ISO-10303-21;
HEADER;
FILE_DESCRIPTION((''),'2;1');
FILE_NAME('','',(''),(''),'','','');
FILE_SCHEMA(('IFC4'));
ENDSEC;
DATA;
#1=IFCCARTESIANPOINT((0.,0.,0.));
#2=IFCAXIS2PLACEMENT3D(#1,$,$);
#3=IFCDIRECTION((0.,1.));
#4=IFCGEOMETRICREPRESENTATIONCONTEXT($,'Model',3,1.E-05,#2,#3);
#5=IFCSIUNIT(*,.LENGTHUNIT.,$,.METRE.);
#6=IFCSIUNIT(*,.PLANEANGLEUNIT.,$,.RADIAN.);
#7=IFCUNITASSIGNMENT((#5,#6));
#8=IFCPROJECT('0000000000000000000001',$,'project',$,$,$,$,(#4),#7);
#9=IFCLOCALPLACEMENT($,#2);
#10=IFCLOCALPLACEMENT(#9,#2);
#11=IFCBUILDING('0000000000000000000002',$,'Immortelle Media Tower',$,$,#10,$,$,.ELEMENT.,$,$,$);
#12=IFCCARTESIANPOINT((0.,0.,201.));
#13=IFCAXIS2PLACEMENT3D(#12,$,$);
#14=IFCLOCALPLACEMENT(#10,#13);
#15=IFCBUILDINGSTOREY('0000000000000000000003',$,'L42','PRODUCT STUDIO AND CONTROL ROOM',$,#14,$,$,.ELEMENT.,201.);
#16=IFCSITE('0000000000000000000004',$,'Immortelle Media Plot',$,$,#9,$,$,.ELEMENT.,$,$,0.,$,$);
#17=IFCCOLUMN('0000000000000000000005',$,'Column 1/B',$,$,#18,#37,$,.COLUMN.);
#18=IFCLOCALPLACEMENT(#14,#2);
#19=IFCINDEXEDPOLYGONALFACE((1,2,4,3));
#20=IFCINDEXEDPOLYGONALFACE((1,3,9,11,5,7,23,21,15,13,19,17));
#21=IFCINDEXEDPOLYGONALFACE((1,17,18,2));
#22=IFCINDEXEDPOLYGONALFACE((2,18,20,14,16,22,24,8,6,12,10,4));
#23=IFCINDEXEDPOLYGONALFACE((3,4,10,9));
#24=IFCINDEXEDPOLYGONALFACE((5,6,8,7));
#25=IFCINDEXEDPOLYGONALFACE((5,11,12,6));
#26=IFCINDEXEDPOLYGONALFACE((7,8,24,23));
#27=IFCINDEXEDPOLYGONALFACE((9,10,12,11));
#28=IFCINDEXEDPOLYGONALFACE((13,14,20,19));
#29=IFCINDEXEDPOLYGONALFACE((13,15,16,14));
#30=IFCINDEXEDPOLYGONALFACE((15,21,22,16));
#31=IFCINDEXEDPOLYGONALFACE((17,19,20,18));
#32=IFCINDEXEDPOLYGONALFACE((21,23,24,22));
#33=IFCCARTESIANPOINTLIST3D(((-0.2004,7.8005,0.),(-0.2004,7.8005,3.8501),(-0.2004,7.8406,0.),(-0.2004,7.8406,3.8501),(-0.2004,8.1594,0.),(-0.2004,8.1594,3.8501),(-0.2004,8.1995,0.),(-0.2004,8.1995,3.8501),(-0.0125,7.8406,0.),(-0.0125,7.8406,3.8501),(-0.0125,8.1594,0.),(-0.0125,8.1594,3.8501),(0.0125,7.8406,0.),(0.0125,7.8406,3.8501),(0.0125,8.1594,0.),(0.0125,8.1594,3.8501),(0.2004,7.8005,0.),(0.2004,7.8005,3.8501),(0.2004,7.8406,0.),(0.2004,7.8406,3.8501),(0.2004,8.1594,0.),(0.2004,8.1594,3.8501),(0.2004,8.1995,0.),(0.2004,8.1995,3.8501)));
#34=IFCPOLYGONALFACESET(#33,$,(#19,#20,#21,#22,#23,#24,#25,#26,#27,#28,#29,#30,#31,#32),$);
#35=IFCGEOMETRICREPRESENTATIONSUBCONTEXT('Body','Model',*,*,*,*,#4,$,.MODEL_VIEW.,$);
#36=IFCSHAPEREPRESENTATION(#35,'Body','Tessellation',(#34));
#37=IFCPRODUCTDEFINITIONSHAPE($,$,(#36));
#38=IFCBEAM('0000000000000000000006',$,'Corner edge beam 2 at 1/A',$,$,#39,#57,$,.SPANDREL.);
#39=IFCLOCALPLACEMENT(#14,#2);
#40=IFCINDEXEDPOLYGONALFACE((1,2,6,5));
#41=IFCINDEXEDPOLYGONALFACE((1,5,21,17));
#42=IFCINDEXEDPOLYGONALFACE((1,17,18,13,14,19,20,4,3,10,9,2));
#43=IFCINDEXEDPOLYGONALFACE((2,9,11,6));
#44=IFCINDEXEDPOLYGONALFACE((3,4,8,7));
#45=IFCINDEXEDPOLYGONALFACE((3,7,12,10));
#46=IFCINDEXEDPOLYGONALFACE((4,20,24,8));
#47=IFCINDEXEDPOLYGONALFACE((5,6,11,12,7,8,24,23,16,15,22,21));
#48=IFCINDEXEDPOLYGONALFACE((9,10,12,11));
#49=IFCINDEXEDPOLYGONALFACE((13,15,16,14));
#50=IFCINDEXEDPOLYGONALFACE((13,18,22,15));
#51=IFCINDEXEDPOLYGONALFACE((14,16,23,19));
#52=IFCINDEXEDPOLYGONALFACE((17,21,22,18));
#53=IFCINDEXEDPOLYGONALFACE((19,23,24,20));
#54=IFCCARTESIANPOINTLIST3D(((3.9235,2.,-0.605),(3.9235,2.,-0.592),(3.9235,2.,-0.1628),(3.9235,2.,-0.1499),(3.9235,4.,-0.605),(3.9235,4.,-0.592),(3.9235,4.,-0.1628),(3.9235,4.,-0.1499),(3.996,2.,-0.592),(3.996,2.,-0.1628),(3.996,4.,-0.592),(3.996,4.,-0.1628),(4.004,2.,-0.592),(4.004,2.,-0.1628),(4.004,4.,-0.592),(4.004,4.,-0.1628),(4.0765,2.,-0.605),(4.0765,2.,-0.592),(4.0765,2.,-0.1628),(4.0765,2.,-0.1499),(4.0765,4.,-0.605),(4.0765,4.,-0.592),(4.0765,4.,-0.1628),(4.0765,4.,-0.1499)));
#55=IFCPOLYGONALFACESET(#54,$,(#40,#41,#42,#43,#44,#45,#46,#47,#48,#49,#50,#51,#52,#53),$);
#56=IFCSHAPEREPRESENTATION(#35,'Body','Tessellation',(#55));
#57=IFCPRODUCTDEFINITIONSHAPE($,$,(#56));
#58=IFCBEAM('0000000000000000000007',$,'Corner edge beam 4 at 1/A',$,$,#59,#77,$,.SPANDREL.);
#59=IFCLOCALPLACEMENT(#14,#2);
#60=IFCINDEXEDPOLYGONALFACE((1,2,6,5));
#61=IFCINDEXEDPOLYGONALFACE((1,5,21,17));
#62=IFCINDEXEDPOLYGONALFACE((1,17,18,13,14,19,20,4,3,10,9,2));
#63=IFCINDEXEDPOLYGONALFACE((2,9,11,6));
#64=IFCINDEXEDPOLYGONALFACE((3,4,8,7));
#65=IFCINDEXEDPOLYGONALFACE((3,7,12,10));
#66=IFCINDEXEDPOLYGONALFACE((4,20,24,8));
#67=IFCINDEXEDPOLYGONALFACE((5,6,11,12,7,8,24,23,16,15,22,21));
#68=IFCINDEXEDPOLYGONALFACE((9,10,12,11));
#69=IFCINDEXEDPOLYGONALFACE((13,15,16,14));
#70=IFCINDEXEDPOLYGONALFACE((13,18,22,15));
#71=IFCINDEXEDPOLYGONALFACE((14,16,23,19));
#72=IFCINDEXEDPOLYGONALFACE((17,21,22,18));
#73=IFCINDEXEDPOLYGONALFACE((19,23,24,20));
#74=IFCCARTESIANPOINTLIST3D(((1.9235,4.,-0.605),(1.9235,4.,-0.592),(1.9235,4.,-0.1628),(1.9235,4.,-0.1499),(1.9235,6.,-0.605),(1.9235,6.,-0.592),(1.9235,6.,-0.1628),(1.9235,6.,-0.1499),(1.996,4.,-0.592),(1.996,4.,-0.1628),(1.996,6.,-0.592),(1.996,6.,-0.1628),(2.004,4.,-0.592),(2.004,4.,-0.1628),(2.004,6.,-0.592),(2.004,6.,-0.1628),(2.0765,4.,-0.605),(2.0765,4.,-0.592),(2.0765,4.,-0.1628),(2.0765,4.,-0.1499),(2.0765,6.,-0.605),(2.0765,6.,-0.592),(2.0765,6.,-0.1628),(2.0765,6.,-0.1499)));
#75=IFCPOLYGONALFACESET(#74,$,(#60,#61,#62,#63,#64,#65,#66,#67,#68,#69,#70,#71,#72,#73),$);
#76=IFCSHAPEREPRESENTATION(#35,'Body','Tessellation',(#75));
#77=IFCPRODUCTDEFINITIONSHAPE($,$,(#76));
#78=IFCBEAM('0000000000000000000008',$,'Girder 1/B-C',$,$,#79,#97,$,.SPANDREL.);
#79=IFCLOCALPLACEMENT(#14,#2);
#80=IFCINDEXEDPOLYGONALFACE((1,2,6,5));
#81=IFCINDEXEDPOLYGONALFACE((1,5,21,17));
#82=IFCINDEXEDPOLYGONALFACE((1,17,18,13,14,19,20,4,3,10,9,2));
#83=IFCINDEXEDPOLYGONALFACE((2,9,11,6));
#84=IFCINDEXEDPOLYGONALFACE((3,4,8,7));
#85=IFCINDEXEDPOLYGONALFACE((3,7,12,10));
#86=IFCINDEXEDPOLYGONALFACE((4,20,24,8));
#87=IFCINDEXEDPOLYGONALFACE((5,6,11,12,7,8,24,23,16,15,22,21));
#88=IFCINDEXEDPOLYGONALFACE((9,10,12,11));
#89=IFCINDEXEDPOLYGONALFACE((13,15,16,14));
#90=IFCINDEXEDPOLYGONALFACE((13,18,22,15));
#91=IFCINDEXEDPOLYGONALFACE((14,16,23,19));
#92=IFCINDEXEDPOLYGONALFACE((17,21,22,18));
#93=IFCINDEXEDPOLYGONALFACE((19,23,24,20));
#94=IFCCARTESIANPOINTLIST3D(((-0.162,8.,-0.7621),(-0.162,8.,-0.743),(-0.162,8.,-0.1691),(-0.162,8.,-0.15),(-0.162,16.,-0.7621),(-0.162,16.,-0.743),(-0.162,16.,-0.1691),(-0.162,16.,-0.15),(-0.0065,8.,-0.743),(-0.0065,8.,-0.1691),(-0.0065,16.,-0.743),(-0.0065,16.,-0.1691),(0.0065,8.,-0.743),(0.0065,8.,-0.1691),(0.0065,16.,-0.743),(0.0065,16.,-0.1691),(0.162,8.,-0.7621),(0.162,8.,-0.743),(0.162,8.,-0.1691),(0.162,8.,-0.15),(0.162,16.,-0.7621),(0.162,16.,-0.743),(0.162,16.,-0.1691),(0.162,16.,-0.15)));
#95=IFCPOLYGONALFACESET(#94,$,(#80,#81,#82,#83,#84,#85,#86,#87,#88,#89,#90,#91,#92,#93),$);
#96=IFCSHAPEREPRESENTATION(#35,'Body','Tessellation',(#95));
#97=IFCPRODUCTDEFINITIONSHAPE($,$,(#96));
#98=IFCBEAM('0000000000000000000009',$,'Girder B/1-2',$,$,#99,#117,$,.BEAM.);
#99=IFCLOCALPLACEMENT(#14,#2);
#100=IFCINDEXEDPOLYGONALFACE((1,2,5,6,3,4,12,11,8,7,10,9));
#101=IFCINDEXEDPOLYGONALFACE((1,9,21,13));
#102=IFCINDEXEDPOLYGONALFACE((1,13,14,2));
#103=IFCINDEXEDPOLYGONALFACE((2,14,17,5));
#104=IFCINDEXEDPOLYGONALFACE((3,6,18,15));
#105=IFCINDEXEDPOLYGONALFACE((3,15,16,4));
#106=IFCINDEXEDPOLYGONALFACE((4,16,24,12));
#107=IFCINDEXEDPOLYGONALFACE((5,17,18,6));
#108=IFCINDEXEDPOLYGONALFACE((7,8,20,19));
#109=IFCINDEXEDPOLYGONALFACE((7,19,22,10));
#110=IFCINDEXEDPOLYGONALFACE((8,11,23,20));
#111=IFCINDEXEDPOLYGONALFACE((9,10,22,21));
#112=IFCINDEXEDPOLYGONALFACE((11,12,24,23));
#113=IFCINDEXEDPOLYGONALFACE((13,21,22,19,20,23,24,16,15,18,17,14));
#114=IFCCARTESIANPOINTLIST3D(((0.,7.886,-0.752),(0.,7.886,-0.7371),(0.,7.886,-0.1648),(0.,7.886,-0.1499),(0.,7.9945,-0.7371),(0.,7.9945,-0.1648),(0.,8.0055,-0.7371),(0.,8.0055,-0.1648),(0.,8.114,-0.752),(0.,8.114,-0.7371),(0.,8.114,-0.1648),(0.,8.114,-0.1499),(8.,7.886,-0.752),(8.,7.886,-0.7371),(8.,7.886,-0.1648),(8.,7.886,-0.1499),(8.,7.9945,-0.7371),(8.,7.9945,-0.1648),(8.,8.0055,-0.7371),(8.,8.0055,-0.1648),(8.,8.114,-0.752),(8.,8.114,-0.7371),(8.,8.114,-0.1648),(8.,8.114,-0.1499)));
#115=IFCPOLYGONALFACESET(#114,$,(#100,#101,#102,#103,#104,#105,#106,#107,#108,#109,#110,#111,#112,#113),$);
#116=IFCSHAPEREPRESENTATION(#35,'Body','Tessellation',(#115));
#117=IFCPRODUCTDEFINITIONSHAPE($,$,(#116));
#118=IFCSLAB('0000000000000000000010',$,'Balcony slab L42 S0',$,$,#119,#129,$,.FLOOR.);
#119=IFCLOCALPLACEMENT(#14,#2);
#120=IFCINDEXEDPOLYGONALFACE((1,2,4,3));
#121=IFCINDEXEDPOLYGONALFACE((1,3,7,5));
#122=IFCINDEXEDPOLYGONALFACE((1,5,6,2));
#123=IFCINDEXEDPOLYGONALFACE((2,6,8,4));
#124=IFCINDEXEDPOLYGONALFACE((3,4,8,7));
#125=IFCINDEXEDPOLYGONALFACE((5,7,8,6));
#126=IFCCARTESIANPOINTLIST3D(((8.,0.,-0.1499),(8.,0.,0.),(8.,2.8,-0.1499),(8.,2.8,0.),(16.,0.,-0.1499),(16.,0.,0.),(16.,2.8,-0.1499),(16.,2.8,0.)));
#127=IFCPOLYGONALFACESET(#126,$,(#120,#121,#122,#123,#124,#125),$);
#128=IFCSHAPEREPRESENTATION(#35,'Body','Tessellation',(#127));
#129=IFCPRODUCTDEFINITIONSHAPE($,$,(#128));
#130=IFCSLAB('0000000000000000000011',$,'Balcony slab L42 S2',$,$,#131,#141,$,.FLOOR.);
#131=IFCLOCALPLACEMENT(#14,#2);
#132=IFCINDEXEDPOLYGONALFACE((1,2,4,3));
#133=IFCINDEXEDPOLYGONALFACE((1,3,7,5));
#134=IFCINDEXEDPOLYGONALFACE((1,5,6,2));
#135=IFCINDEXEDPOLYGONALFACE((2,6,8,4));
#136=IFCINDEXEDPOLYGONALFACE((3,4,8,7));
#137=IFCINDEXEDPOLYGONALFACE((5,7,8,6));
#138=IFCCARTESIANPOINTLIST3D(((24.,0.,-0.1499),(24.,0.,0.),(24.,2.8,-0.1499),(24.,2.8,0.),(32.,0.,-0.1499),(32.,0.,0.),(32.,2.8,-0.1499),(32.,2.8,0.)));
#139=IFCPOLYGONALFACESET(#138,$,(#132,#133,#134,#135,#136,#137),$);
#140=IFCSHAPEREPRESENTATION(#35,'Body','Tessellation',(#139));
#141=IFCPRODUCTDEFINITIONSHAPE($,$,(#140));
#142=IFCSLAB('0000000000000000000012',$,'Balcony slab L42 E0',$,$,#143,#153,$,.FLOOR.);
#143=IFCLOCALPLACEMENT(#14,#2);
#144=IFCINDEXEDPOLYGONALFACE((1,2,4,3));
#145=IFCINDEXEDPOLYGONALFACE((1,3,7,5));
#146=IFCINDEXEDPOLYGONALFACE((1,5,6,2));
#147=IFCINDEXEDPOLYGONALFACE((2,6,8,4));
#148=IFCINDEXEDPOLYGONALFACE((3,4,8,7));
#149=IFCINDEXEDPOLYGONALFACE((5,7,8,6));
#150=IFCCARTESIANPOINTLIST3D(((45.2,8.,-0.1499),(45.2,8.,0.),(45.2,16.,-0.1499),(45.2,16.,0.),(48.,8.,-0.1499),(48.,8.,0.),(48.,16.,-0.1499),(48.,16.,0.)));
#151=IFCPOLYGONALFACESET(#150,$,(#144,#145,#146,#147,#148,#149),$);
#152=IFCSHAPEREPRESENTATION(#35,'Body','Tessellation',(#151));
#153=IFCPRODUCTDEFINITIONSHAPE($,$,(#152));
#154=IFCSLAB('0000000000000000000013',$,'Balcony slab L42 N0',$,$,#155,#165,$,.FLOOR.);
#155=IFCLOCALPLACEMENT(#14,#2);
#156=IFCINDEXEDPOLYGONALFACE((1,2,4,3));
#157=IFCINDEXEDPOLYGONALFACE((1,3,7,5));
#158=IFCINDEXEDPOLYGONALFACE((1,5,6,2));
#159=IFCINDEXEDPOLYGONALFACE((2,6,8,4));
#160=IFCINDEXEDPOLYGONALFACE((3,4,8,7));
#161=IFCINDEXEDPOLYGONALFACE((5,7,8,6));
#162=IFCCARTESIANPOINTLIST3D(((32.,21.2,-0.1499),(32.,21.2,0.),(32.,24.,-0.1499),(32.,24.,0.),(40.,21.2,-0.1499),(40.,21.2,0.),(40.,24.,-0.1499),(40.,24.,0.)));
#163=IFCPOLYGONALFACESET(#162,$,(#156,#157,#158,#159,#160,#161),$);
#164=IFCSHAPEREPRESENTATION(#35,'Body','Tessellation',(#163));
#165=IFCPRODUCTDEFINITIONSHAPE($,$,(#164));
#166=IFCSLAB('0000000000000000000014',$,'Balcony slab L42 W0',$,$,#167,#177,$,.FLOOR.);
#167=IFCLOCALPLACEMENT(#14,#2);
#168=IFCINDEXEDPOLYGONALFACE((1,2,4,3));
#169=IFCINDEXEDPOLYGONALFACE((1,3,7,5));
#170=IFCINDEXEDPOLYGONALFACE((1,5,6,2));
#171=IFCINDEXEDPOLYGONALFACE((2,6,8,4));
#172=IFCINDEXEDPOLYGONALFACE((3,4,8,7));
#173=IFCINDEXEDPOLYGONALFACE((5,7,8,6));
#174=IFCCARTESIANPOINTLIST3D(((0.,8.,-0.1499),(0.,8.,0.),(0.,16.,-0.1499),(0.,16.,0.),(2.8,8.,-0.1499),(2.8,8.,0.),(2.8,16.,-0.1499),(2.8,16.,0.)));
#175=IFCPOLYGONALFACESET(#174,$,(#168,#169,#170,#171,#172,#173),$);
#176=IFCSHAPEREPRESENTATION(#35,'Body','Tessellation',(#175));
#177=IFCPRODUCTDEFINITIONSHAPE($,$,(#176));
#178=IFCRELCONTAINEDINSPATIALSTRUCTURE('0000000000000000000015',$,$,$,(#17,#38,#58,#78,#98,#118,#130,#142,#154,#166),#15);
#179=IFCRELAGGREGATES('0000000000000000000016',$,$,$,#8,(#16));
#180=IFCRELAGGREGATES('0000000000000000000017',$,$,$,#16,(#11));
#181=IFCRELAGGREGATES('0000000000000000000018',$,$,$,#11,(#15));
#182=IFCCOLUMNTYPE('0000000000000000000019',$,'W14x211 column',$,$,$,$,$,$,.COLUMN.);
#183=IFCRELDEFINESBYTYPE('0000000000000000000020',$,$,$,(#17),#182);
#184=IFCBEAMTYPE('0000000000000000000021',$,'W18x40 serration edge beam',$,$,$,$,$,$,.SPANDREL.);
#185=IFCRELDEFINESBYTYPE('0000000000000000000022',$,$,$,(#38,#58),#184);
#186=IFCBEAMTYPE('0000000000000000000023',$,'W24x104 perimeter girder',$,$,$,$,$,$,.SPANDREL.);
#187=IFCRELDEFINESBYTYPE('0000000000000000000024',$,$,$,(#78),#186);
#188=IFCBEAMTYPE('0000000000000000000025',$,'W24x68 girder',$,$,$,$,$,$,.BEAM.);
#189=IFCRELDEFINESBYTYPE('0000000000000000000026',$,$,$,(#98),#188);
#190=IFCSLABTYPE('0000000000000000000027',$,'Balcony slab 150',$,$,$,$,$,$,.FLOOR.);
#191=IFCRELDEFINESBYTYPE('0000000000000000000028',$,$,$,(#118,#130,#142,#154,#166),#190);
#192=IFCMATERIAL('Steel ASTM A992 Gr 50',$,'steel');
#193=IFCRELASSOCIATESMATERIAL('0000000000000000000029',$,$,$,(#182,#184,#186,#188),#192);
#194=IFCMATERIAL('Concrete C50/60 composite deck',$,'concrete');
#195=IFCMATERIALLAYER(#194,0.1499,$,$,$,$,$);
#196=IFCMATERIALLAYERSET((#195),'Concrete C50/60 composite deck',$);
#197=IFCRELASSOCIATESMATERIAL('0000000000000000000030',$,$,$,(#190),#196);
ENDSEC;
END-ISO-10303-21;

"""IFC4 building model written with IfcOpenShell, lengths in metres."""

from ifc_helpers import new_model, si_unit, direction, frame, origin, origin_2d, place, context, subcontext, project, spatial, polyline, i_section, outline, extrude, material, layer, layer_set, material_profile, profile_set, type_object, element, save


model = new_model("IFC4")

# Units and contexts
model_context = context("Model", 3, precision=1e-05, world=origin(), true_north=direction((0.0, 1.0)))
body_context = subcontext(model_context, "Body", "Model", "MODEL_VIEW")
ifc_project = project(units=[si_unit("LENGTHUNIT", "METRE"), si_unit("PLANEANGLEUNIT", "RADIAN")], contexts=[model_context])

# Site, building, storey
site_placement = place(None, origin())
site = spatial("IfcSite", under=ifc_project, at=site_placement, Name="Immortelle Media Plot", CompositionType="ELEMENT", RefElevation=0.0)
building_placement = place(site_placement, origin())
building = spatial("IfcBuilding", under=site, at=building_placement, Name="Immortelle Media Tower", CompositionType="ELEMENT")
storey_placement = place(building_placement, frame((0.0, 0.0, 201.0)))
storey = spatial("IfcBuildingStorey", under=building, at=storey_placement, Name="L42", Description="PRODUCT STUDIO AND CONTROL ROOM", CompositionType="ELEMENT", Elevation=201.0)

# Column
ifc_material_1 = material(Name="Steel ASTM A992 Gr 50", Category="steel")
ifc_material_profile_1 = material_profile(ifc_material_1, i_section(OverallWidth=0.4009, OverallDepth=0.3989, WebThickness=0.0249, FlangeThickness=0.04, at=origin_2d()), Name="W14x211")
ifc_profile_set_1 = profile_set([ifc_material_profile_1], Name="Steel ASTM A992 Gr 50")
column_type = type_object("IfcColumnType", Name="W14x211 column", PredefinedType="COLUMN", material=ifc_profile_set_1)
column_placement = place(storey_placement, frame((0.0, 8.0, 0.0), z_axis=(0.0, 0.0, 1.0), x_axis=(1.0, 0.0, 0.0)))
element("IfcColumn", 1, at=column_placement, inside=storey, type_object=column_type, Name="Column 1/B", PredefinedType="COLUMN", context=body_context, shape_type="SweptSolid", body=[
    extrude(i_section(OverallWidth=0.4009, OverallDepth=0.3989, WebThickness=0.0249, FlangeThickness=0.04, at=origin_2d()), origin(), (0.0, 0.0, 1.0), 3.8501),
])

# Beams
ifc_material_profile_2 = material_profile(ifc_material_1, i_section(OverallWidth=0.1531, OverallDepth=0.4551, WebThickness=0.0081, FlangeThickness=0.0129, at=origin_2d()), Name="W18x40")
ifc_profile_set_2 = profile_set([ifc_material_profile_2], Name="Steel ASTM A992 Gr 50")
beam_type_1 = type_object("IfcBeamType", Name="W18x40 serration edge beam", PredefinedType="SPANDREL", material=ifc_profile_set_2)
for number, where, z_axis, x_axis, name in (
    (2, (4.0, 2.0, -0.3774), (0.0, 1.0, 0.0), (-1.0, 0.0, 0.0), "Corner edge beam 2 at 1/A"),
    (3, (2.0, 4.0, -0.3774), (0.0, 1.0, 0.0), (-1.0, 0.0, 0.0), "Corner edge beam 4 at 1/A"),
):
    element("IfcBeam", number, at=place(storey_placement, frame(where, z_axis=z_axis, x_axis=x_axis)), inside=storey, type_object=beam_type_1, Name=name, PredefinedType="SPANDREL", context=body_context, shape_type="SweptSolid", body=[
        extrude(i_section(OverallWidth=0.1531, OverallDepth=0.4551, WebThickness=0.0081, FlangeThickness=0.0129, at=origin_2d()), origin(), (0.0, 0.0, 1.0), 2.0),
    ])
ifc_material_profile_3 = material_profile(ifc_material_1, i_section(OverallWidth=0.324, OverallDepth=0.6121, WebThickness=0.0129, FlangeThickness=0.019, at=origin_2d()), Name="W24x104")
ifc_profile_set_3 = profile_set([ifc_material_profile_3], Name="Steel ASTM A992 Gr 50")
beam_type_2 = type_object("IfcBeamType", Name="W24x104 perimeter girder", PredefinedType="SPANDREL", material=ifc_profile_set_3)
beam_1_placement = place(storey_placement, frame((0.0, 8.0, -0.4561), z_axis=(0.0, 1.0, 0.0), x_axis=(-1.0, 0.0, 0.0)))
element("IfcBeam", 4, at=beam_1_placement, inside=storey, type_object=beam_type_2, Name="Girder 1/B-C", PredefinedType="SPANDREL", context=body_context, shape_type="SweptSolid", body=[
    extrude(i_section(OverallWidth=0.324, OverallDepth=0.6121, WebThickness=0.0129, FlangeThickness=0.019, at=origin_2d()), origin(), (0.0, 0.0, 1.0), 8.0),
])
ifc_material_profile_4 = material_profile(ifc_material_1, i_section(OverallWidth=0.228, OverallDepth=0.6021, WebThickness=0.011, FlangeThickness=0.0149, at=origin_2d()), Name="W24x68")
ifc_profile_set_4 = profile_set([ifc_material_profile_4], Name="Steel ASTM A992 Gr 50")
beam_type_3 = type_object("IfcBeamType", Name="W24x68 girder", PredefinedType="BEAM", material=ifc_profile_set_4)
beam_2_placement = place(storey_placement, frame((0.0, 8.0, -0.4509), z_axis=(1.0, 0.0, 0.0), x_axis=(0.0, 1.0, 0.0)))
element("IfcBeam", 5, at=beam_2_placement, inside=storey, type_object=beam_type_3, Name="Girder B/1-2", PredefinedType="BEAM", context=body_context, shape_type="SweptSolid", body=[
    extrude(i_section(OverallWidth=0.228, OverallDepth=0.6021, WebThickness=0.011, FlangeThickness=0.0149, at=origin_2d()), origin(), (0.0, 0.0, 1.0), 8.0),
])

# Slabs
ifc_material_2 = material(Name="Concrete C50/60 composite deck", Category="concrete")
ifc_layer_1 = layer(ifc_material_2, 0.1499)
ifc_layer_set_1 = layer_set([ifc_layer_1], Name="Concrete C50/60 composite deck")
slab_type_1 = type_object("IfcSlabType", Name="Balcony slab 150", PredefinedType="FLOOR", material=ifc_layer_set_1)
slab_1_placement = place(storey_placement, frame((0.0, 0.0, -0.1499)))
element("IfcSlab", 6, at=slab_1_placement, inside=storey, type_object=slab_type_1, Name="Balcony slab L42 S0", PredefinedType="FLOOR", context=body_context, shape_type="SweptSolid", body=[
    extrude(outline(polyline([(16.0, 0.0), (16.0, 2.8), (8.0, 2.8), (8.0, 0.0), (16.0, 0.0)])), origin(), (0.0, 0.0, 1.0), 0.1499),
])
slab_2_placement = place(storey_placement, frame((0.0, 0.0, -0.1499)))
element("IfcSlab", 7, at=slab_2_placement, inside=storey, type_object=slab_type_1, Name="Balcony slab L42 S2", PredefinedType="FLOOR", context=body_context, shape_type="SweptSolid", body=[
    extrude(outline(polyline([(32.0, 0.0), (32.0, 2.8), (24.0, 2.8), (24.0, 0.0), (32.0, 0.0)])), origin(), (0.0, 0.0, 1.0), 0.1499),
])
slab_3_placement = place(storey_placement, frame((0.0, 0.0, -0.1499)))
element("IfcSlab", 8, at=slab_3_placement, inside=storey, type_object=slab_type_1, Name="Balcony slab L42 E0", PredefinedType="FLOOR", context=body_context, shape_type="SweptSolid", body=[
    extrude(outline(polyline([(48.0, 8.0), (48.0, 16.0), (45.2, 16.0), (45.2, 8.0), (48.0, 8.0)])), origin(), (0.0, 0.0, 1.0), 0.1499),
])
slab_4_placement = place(storey_placement, frame((0.0, 0.0, -0.1499)))
element("IfcSlab", 9, at=slab_4_placement, inside=storey, type_object=slab_type_1, Name="Balcony slab L42 N0", PredefinedType="FLOOR", context=body_context, shape_type="SweptSolid", body=[
    extrude(outline(polyline([(40.0, 21.2), (40.0, 24.0), (32.0, 24.0), (32.0, 21.2), (40.0, 21.2)])), origin(), (0.0, 0.0, 1.0), 0.1499),
])
slab_5_placement = place(storey_placement, frame((0.0, 0.0, -0.1499)))
element("IfcSlab", 10, at=slab_5_placement, inside=storey, type_object=slab_type_1, Name="Balcony slab L42 W0", PredefinedType="FLOOR", context=body_context, shape_type="SweptSolid", body=[
    extrude(outline(polyline([(2.8, 8.0), (2.8, 16.0), (0.0, 16.0), (0.0, 8.0), (2.8, 8.0)])), origin(), (0.0, 0.0, 1.0), 0.1499),
])

save(model, "model.ifc")
